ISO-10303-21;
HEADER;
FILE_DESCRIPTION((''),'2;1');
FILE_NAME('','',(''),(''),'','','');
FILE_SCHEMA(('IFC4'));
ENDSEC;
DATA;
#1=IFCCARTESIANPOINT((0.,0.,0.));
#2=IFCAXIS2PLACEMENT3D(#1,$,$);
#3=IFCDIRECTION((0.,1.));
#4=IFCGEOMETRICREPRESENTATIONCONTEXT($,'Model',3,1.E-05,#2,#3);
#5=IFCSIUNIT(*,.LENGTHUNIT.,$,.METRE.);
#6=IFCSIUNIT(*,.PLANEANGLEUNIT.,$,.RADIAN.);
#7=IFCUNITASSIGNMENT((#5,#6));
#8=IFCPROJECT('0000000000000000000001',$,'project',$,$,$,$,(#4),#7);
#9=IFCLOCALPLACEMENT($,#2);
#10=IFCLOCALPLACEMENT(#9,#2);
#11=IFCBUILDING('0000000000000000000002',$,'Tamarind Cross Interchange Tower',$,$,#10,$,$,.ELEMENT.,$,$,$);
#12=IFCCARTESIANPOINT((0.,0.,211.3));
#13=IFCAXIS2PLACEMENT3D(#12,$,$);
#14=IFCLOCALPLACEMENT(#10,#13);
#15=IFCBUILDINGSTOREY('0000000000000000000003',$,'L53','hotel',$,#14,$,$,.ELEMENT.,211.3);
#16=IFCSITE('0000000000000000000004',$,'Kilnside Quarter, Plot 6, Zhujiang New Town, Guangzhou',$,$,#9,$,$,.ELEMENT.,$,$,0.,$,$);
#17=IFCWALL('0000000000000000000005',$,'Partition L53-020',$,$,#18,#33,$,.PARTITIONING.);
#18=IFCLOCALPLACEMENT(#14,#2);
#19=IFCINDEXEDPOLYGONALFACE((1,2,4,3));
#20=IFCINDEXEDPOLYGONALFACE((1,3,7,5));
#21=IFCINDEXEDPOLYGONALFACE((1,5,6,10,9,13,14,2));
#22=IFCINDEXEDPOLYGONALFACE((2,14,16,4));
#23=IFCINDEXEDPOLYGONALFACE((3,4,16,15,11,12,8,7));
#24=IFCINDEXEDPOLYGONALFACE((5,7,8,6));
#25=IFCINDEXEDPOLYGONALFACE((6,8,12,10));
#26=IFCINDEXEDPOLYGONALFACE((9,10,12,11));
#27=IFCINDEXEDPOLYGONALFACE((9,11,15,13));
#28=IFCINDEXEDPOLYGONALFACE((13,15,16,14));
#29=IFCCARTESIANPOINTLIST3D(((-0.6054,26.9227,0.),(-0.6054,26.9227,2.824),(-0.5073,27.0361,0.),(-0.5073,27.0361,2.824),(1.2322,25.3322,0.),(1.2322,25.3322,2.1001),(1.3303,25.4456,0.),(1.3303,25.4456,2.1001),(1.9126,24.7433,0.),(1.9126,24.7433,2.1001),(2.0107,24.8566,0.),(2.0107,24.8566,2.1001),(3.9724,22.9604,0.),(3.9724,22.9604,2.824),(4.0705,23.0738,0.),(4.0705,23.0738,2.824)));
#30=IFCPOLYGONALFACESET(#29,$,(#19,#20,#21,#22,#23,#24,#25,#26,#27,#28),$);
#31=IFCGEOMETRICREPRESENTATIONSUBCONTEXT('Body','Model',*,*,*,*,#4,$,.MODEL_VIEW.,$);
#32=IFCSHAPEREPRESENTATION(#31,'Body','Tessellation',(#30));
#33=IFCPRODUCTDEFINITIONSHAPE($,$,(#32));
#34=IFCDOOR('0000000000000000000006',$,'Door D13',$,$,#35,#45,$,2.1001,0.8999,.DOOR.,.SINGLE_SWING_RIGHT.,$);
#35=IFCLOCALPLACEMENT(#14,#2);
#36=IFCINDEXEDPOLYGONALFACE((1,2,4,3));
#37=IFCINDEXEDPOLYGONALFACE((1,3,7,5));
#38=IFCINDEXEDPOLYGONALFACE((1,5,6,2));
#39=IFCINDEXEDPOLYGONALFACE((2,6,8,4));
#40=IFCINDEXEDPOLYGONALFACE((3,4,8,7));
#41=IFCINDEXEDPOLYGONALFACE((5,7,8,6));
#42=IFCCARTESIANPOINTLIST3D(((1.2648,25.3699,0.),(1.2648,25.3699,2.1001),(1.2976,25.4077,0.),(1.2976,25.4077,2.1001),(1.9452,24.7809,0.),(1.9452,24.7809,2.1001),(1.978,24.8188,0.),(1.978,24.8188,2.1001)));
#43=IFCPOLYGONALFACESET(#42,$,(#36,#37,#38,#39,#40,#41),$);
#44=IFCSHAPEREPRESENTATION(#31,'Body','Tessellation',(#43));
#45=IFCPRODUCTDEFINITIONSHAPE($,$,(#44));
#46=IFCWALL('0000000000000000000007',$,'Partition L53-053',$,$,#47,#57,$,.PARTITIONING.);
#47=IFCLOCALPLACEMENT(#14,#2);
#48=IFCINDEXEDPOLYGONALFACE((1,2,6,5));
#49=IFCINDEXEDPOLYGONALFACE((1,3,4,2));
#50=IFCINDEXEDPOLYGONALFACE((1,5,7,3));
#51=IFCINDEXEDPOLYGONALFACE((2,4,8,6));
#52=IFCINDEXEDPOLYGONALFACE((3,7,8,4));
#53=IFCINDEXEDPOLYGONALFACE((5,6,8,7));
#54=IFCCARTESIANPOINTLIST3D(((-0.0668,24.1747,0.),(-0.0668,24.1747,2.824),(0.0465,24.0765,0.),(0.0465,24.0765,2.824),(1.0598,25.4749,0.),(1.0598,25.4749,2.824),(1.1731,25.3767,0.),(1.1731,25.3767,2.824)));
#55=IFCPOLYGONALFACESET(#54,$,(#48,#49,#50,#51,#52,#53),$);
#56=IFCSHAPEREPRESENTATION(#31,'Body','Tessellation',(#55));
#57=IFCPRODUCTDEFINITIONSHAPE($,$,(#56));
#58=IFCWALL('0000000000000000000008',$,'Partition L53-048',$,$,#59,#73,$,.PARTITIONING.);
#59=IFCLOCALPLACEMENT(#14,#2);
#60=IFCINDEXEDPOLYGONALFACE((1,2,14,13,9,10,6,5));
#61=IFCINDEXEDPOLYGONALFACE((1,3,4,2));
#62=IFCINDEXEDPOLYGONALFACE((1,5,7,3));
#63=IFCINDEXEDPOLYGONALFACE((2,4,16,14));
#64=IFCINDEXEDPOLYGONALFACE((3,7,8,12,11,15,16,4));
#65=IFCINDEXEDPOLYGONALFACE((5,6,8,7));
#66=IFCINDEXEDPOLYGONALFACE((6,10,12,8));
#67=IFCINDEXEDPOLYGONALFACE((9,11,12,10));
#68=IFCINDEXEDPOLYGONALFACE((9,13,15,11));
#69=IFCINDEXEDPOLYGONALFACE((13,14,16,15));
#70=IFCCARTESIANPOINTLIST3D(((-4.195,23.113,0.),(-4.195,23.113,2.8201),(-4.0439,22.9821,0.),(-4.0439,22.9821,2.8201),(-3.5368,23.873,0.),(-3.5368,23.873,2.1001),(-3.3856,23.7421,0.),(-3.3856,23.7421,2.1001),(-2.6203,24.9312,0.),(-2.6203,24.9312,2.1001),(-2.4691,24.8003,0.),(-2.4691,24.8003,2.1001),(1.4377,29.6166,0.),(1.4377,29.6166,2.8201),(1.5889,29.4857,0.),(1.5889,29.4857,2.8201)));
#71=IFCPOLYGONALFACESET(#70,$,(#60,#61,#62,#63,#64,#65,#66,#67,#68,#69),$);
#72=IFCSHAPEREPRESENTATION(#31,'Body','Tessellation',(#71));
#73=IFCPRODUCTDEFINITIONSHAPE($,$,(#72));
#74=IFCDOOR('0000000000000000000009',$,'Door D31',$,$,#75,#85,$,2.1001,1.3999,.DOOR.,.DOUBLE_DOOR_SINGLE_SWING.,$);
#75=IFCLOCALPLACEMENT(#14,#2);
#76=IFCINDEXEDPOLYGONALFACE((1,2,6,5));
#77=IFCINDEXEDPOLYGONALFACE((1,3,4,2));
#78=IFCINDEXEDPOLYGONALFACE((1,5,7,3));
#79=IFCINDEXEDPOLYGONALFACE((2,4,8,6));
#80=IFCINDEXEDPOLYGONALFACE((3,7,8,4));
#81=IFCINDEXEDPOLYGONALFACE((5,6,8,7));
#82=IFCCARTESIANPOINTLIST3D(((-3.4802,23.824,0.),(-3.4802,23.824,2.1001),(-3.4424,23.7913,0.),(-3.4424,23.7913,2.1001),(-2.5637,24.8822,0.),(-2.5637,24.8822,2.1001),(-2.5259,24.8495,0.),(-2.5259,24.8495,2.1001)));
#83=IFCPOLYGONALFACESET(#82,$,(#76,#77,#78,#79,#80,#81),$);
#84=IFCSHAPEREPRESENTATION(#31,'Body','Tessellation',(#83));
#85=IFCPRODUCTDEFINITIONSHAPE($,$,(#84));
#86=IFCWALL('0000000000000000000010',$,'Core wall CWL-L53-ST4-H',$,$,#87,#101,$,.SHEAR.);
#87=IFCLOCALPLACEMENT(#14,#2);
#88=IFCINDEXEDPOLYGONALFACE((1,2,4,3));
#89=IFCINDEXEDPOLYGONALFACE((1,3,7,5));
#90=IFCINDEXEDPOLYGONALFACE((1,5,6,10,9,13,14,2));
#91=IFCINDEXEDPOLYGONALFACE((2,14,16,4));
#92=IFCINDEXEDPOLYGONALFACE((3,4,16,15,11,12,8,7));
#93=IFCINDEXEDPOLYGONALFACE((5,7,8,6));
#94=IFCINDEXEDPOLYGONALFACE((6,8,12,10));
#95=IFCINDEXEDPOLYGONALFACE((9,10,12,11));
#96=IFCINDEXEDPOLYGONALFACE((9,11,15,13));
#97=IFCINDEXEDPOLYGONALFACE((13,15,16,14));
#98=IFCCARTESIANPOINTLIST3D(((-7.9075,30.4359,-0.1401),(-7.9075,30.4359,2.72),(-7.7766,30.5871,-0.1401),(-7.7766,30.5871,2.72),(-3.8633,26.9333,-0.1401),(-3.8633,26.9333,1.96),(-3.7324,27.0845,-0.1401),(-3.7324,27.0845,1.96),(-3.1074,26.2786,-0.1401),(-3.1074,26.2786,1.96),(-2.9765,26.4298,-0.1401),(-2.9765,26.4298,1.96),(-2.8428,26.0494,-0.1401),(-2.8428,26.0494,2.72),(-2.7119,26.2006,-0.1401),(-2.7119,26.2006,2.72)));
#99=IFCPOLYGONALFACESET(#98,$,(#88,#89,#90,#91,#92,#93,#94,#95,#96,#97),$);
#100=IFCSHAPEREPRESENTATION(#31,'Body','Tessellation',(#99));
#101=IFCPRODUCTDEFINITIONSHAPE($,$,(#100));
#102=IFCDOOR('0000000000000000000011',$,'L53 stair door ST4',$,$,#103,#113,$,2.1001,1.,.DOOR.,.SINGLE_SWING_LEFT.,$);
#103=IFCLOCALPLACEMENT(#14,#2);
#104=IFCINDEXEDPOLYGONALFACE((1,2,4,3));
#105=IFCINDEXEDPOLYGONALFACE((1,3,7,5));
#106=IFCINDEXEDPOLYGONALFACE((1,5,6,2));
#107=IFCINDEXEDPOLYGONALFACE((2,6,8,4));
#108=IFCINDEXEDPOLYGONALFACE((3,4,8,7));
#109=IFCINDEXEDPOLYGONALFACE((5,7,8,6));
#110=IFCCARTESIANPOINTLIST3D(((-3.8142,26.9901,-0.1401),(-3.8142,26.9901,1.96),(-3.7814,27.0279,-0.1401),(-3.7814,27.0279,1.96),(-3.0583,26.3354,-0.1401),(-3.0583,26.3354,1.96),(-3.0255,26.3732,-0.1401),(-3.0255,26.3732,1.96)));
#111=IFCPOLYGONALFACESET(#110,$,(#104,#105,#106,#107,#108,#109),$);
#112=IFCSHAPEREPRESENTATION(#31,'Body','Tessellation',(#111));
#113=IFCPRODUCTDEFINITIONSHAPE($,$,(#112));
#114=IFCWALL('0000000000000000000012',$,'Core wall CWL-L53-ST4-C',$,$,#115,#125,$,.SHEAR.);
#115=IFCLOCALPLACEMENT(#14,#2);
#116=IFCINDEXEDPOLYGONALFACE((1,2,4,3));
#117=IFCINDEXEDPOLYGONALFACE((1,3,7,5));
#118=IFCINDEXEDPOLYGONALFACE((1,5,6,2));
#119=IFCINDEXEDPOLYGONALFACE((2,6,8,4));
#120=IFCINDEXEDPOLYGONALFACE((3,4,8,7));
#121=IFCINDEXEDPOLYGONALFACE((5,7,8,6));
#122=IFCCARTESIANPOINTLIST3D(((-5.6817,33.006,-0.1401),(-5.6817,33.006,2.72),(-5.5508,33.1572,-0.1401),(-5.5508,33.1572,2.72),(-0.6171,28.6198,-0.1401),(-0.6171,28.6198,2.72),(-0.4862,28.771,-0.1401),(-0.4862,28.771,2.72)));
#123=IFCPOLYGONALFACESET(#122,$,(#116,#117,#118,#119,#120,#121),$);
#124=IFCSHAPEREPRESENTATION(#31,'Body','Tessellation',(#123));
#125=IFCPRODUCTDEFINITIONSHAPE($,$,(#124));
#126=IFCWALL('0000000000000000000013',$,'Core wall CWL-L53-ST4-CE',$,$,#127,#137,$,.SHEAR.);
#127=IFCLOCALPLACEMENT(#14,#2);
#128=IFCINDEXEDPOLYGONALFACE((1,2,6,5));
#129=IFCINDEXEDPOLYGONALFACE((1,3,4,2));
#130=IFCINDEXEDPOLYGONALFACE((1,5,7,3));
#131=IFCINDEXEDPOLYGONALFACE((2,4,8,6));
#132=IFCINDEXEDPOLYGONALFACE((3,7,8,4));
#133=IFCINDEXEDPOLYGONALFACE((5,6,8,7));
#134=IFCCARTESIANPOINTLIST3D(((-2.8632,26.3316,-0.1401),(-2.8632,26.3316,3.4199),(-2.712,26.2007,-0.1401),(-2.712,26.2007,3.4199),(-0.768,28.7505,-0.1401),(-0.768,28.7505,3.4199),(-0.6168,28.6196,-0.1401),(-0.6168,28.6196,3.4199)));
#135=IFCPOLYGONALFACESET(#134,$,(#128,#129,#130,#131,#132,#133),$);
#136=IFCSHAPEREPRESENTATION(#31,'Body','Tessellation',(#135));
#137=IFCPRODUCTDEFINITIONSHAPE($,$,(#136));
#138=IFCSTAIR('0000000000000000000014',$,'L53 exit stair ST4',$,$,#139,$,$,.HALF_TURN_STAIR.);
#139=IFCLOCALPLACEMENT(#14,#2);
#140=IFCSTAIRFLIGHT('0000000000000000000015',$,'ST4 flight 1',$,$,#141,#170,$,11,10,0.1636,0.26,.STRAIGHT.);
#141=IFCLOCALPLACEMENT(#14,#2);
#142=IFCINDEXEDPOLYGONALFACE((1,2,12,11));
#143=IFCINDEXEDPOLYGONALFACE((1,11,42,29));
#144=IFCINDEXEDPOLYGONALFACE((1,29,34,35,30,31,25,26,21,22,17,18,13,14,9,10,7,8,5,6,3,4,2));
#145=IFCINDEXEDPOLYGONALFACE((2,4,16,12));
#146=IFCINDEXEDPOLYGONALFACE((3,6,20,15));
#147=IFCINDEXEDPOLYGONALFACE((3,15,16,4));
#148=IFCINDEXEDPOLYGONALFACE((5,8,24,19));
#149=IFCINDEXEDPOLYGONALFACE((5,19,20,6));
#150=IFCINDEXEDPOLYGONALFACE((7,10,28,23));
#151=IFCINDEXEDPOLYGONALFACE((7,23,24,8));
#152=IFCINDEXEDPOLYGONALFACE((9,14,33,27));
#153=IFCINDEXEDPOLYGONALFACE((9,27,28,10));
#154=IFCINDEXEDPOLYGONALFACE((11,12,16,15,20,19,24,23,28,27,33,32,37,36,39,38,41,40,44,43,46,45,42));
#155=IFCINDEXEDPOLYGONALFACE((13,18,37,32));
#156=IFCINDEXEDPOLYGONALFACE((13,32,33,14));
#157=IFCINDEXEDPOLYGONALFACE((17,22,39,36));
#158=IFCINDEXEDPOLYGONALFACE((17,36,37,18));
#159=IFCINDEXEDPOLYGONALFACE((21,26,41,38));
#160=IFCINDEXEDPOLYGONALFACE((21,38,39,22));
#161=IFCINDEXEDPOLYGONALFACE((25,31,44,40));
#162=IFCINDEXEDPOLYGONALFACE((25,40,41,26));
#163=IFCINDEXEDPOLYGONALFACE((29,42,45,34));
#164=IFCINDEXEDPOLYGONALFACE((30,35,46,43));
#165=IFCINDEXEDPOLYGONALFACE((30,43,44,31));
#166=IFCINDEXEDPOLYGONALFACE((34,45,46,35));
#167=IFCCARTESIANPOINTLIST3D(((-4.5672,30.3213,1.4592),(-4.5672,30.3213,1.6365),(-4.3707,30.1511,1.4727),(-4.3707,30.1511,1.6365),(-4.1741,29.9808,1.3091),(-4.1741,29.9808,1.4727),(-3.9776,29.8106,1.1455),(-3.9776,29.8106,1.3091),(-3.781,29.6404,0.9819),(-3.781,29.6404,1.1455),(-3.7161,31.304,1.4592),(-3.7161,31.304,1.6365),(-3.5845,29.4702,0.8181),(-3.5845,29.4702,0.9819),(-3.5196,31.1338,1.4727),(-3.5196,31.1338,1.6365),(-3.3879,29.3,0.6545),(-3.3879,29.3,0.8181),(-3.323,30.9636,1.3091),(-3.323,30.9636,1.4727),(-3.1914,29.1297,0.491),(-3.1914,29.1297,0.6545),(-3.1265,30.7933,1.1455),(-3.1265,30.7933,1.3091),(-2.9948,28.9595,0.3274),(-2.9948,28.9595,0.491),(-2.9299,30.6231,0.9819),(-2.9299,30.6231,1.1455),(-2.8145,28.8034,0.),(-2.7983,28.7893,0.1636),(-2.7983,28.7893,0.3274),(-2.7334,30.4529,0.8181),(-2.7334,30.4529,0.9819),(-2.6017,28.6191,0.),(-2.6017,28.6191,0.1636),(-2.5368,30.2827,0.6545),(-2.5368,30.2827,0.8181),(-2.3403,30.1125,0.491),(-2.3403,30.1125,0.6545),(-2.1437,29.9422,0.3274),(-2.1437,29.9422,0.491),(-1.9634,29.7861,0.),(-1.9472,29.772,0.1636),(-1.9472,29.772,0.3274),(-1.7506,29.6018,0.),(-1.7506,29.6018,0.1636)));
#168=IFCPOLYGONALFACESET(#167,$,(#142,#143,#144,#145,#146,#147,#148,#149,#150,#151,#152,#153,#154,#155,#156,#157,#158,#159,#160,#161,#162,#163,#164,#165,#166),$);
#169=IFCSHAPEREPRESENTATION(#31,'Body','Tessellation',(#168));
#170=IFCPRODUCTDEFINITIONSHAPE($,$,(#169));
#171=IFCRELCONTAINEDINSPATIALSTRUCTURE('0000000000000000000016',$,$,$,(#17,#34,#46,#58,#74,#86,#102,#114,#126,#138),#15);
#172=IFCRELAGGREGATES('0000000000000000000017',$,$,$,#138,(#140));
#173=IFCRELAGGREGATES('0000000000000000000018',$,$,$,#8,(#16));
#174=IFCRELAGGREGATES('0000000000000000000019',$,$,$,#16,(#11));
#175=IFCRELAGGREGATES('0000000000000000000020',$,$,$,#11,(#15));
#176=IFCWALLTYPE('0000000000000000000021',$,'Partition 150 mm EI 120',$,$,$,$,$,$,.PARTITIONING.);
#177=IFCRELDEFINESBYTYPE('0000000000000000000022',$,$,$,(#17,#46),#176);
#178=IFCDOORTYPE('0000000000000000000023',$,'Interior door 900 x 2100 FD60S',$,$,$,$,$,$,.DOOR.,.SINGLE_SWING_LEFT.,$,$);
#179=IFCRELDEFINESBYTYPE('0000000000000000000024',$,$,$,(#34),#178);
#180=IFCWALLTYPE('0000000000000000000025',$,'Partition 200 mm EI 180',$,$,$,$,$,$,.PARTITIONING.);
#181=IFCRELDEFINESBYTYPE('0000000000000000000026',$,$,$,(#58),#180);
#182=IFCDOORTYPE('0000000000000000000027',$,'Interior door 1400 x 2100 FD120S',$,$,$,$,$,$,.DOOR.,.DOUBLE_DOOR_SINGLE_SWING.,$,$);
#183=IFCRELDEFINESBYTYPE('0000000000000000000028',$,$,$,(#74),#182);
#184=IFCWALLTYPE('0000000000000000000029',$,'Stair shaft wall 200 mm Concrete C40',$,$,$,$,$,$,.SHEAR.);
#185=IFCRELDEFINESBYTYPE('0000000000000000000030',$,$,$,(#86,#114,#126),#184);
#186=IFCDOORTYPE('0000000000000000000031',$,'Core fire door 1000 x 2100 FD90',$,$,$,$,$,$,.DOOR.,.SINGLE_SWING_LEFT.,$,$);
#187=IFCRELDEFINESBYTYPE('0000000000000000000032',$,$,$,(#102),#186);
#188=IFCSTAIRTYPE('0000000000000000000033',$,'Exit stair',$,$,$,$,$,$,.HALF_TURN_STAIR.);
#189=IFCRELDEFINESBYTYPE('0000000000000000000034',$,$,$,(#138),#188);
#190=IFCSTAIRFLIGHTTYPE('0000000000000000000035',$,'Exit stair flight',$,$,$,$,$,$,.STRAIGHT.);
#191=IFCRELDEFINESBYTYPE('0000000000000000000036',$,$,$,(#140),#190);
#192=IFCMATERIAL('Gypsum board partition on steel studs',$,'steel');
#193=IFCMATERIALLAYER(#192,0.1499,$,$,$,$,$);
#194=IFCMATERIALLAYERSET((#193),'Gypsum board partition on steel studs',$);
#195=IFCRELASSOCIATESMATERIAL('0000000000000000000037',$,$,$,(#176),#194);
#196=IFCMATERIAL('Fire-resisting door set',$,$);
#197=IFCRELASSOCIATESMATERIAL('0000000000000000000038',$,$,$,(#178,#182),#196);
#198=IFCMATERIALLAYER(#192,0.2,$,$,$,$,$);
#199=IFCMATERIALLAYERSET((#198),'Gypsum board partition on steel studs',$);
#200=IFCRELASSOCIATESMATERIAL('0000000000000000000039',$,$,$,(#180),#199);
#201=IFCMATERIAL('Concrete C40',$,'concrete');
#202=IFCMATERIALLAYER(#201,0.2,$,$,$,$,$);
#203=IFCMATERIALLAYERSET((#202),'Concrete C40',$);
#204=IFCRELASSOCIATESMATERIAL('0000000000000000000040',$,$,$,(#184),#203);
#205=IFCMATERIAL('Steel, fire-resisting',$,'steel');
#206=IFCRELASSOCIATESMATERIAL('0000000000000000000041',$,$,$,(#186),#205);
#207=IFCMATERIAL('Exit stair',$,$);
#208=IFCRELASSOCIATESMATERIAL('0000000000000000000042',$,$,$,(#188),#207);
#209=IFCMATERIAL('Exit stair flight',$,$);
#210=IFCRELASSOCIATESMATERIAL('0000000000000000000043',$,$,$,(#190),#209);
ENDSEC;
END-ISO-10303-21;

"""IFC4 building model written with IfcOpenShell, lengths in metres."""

from ifc_helpers import new_model, si_unit, direction, frame, frame_2d, origin, place, context, subcontext, project, spatial, polyline, rectangle, outline, extrude, material, layer, layer_set, type_object, element, fill, aggregate, save


model = new_model("IFC4")

# Units and contexts
model_context = context("Model", 3, precision=1e-05, world=origin(), true_north=direction((0.0, 1.0)))
body_context = subcontext(model_context, "Body", "Model", "MODEL_VIEW")
ifc_project = project(units=[si_unit("LENGTHUNIT", "METRE"), si_unit("PLANEANGLEUNIT", "RADIAN")], contexts=[model_context])

# Site, building, storey
site_placement = place(None, origin())
site = spatial("IfcSite", under=ifc_project, at=site_placement, Name="Kilnside Quarter, Plot 6, Zhujiang New Town, Guangzhou", CompositionType="ELEMENT", RefElevation=0.0)
building_placement = place(site_placement, origin())
building = spatial("IfcBuilding", under=site, at=building_placement, Name="Tamarind Cross Interchange Tower", CompositionType="ELEMENT")
storey_placement = place(building_placement, frame((0.0, 0.0, 211.3)))
storey = spatial("IfcBuildingStorey", under=building, at=storey_placement, Name="L53", Description="hotel", CompositionType="ELEMENT", Elevation=211.3)

# Shared definitions
ifc_material_1 = material(Name="Concrete C40", Category="concrete")

# Shared definitions
ifc_material_2 = material(Name="Gypsum board partition on steel studs", Category="steel")
ifc_layer_1 = layer(ifc_material_2, 0.1499)
ifc_layer_set_1 = layer_set([ifc_layer_1], Name="Gypsum board partition on steel studs")
wall_type_1 = type_object("IfcWallType", Name="Partition 150 mm EI 120", PredefinedType="PARTITIONING", material=ifc_layer_set_1)

# Wall, opening, door
ifc_material_3 = material(Name="Fire-resisting door set")
door_type_1 = type_object("IfcDoorType", Name="Interior door 900 x 2100 FD60S", OperationType="SINGLE_SWING_LEFT", PredefinedType="DOOR", material=ifc_material_3)
wall_1_placement = place(storey_placement, frame((-0.5564, 26.9795, 0.0), z_axis=(0.0, 0.0, 1.0), x_axis=(0.756105, -0.65445, 0.0)))
wall_1 = element("IfcWall", 1, at=wall_1_placement, inside=storey, type_object=wall_type_1, Name="Partition L53-020", PredefinedType="PARTITIONING", context=body_context, shape_type="SweptSolid", body=[
    extrude(rectangle(XDim=6.0544, YDim=0.1499, at=frame_2d((3.0273, 0.0))), origin(), (0.0, 0.0, 1.0), 2.824),
])
opening_1_placement = place(wall_1_placement, frame((2.4304, 0.0, 0.0)))
opening_1 = element("IfcOpeningElement", 2, at=opening_1_placement, cuts=wall_1, PredefinedType="OPENING", context=body_context, shape_type="SweptSolid", body=[
    extrude(rectangle(XDim=0.8999, YDim=2.1001, at=frame_2d((0.45, 1.05))), frame((0.0, 0.085, 0.0), z_axis=(0.0, -1.0, 0.0), x_axis=(1.0, 0.0, 0.0)), (0.0, 0.0, 1.0), 0.1699),
])
door_1_placement = place(opening_1_placement, origin())
door_1 = element("IfcDoor", 3, at=door_1_placement, inside=storey, type_object=door_type_1, Name="Door D13", OperationType="SINGLE_SWING_RIGHT", OverallHeight=2.1001, OverallWidth=0.8999, PredefinedType="DOOR", context=body_context, shape_type="SweptSolid", body=[
    extrude(rectangle(XDim=0.8999, YDim=2.1001, at=frame_2d((0.45, 1.05))), frame((0.0, 0.0249, 0.0), z_axis=(0.0, -1.0, 0.0), x_axis=(1.0, 0.0, 0.0)), (0.0, 0.0, 1.0), 0.05),
])
fill(opening_1, door_1)

# Wall
wall_2_placement = place(storey_placement, frame((-0.0103, 24.1255, 0.0), z_axis=(0.0, 0.0, 1.0), x_axis=(0.65486, 0.75575, 0.0)))
element("IfcWall", 4, at=wall_2_placement, inside=storey, type_object=wall_type_1, Name="Partition L53-053", PredefinedType="PARTITIONING", context=body_context, shape_type="SweptSolid", body=[
    extrude(rectangle(XDim=1.7205, YDim=0.1499, at=frame_2d((0.8604, 0.0))), origin(), (0.0, 0.0, 1.0), 2.824),
])

# Walls, openings, doors
ifc_layer_2 = layer(ifc_material_2, 0.2)
ifc_layer_set_2 = layer_set([ifc_layer_2], Name="Gypsum board partition on steel studs")
wall_type_2 = type_object("IfcWallType", Name="Partition 200 mm EI 180", PredefinedType="PARTITIONING", material=ifc_layer_set_2)
wall_3_placement = place(storey_placement, frame((-4.1194, 23.0476, 0.0), z_axis=(0.0, 0.0, 1.0), x_axis=(0.654685, 0.755902, 0.0)))
wall_3 = element("IfcWall", 5, at=wall_3_placement, inside=storey, type_object=wall_type_2, Name="Partition L53-048", PredefinedType="PARTITIONING", context=body_context, shape_type="SweptSolid", body=[
    extrude(rectangle(XDim=8.6038, YDim=0.2, at=frame_2d((4.3018, 0.0))), origin(), (0.0, 0.0, 1.0), 2.8201),
])
opening_2_placement = place(wall_3_placement, frame((1.0054, 0.0, 0.0)))
opening_2 = element("IfcOpeningElement", 6, at=opening_2_placement, cuts=wall_3, PredefinedType="OPENING", context=body_context, shape_type="SweptSolid", body=[
    extrude(rectangle(XDim=1.3999, YDim=2.1001, at=frame_2d((0.7, 1.05))), frame((0.0, 0.1099, 0.0), z_axis=(0.0, -1.0, 0.0), x_axis=(1.0, 0.0, 0.0)), (0.0, 0.0, 1.0), 0.22),
])
door_type_2 = type_object("IfcDoorType", Name="Interior door 1400 x 2100 FD120S", OperationType="DOUBLE_DOOR_SINGLE_SWING", PredefinedType="DOOR", material=ifc_material_3)
door_2_placement = place(opening_2_placement, frame((1.3999, 0.0, 0.0), z_axis=(0.0, 0.0, 1.0), x_axis=(-1.0, 0.0, 0.0)))
door_2 = element("IfcDoor", 7, at=door_2_placement, inside=storey, type_object=door_type_2, Name="Door D31", OperationType="DOUBLE_DOOR_SINGLE_SWING", OverallHeight=2.1001, OverallWidth=1.3999, PredefinedType="DOOR", context=body_context, shape_type="SweptSolid", body=[
    extrude(rectangle(XDim=1.3999, YDim=2.1001, at=frame_2d((0.7, 1.05))), frame((0.0, 0.0249, 0.0), z_axis=(0.0, -1.0, 0.0), x_axis=(1.0, 0.0, 0.0)), (0.0, 0.0, 1.0), 0.05),
])
fill(opening_2, door_2)
ifc_layer_3 = layer(ifc_material_1, 0.2)
ifc_layer_set_3 = layer_set([ifc_layer_3], Name="Concrete C40")
wall_type_3 = type_object("IfcWallType", Name="Stair shaft wall 200 mm Concrete C40", PredefinedType="SHEAR", material=ifc_layer_set_3)
wall_4_placement = place(storey_placement, frame((-2.7773, 26.125, -0.1401), z_axis=(0.0, 0.0, 1.0), x_axis=(-0.755905, 0.654681, 0.0)))
wall_4 = element("IfcWall", 8, at=wall_4_placement, inside=storey, type_object=wall_type_3, Name="Core wall CWL-L53-ST4-H", PredefinedType="SHEAR", context=body_context, shape_type="SweptSolid", body=[
    extrude(rectangle(XDim=6.7002, YDim=0.2, at=frame_2d((3.3501, 0.0))), origin(), (0.0, 0.0, 1.0), 2.8601),
])
opening_3_placement = place(wall_4_placement, frame((0.3501, 0.0, 0.0)))
opening_3 = element("IfcOpeningElement", 9, at=opening_3_placement, cuts=wall_4, PredefinedType="OPENING", context=body_context, shape_type="SweptSolid", body=[
    extrude(rectangle(XDim=1.0, YDim=2.1001, at=frame_2d((0.5, 1.05))), frame((0.0, 0.1099, 0.0), z_axis=(0.0, -1.0, 0.0), x_axis=(1.0, 0.0, 0.0)), (0.0, 0.0, 1.0), 0.22),
])
ifc_material_4 = material(Name="Steel, fire-resisting", Category="steel")
door_type_3 = type_object("IfcDoorType", Name="Core fire door 1000 x 2100 FD90", OperationType="SINGLE_SWING_LEFT", PredefinedType="DOOR", material=ifc_material_4)
door_3_placement = place(opening_3_placement, origin())
door_3 = element("IfcDoor", 10, at=door_3_placement, inside=storey, type_object=door_type_3, Name="L53 stair door ST4", OperationType="SINGLE_SWING_LEFT", OverallHeight=2.1001, OverallWidth=1.0, PredefinedType="DOOR", context=body_context, shape_type="SweptSolid", body=[
    extrude(rectangle(XDim=1.0, YDim=2.1001, at=frame_2d((0.5, 1.05))), frame((0.0, 0.0249, 0.0), z_axis=(0.0, -1.0, 0.0), x_axis=(1.0, 0.0, 0.0)), (0.0, 0.0, 1.0), 0.05),
])
fill(opening_3, door_3)

# Walls
wall_5_placement = place(storey_placement, frame((-0.5515, 28.6953, -0.1401), z_axis=(0.0, 0.0, 1.0), x_axis=(-0.755923, 0.65466, 0.0)))
element("IfcWall", 11, at=wall_5_placement, inside=storey, type_object=wall_type_3, Name="Core wall CWL-L53-ST4-C", PredefinedType="SHEAR", context=body_context, shape_type="SweptSolid", body=[
    extrude(rectangle(XDim=6.7, YDim=0.2, at=frame_2d((3.3501, 0.0))), origin(), (0.0, 0.0, 1.0), 2.8601),
])
wall_6_placement = place(storey_placement, frame((-0.6924, 28.6851, -0.1401), z_axis=(0.0, 0.0, 1.0), x_axis=(-0.654716, -0.755875, 0.0)))
element("IfcWall", 12, at=wall_6_placement, inside=storey, type_object=wall_type_3, Name="Core wall CWL-L53-ST4-CE", PredefinedType="SHEAR", context=body_context, shape_type="SweptSolid", body=[
    extrude(rectangle(XDim=3.2002, YDim=0.2, at=frame_2d((1.6001, 0.0))), origin(), (0.0, 0.0, 1.0), 3.5601),
])

# Stair, stair flight
ifc_material_5 = material(Name="Exit stair")
stair_type = type_object("IfcStairType", Name="Exit stair", PredefinedType="HALF_TURN_STAIR", material=ifc_material_5)
stair_placement = place(storey_placement, origin())
stair = element("IfcStair", 13, at=stair_placement, inside=storey, type_object=stair_type, Name="L53 exit stair ST4", PredefinedType="HALF_TURN_STAIR")
ifc_material_6 = material(Name="Exit stair flight")
stair_flight_type = type_object("IfcStairFlightType", Name="Exit stair flight", PredefinedType="STRAIGHT", material=ifc_material_6)
stair_flight_1_placement = place(storey_placement, frame((-2.1763, 29.1104, 0.0), z_axis=(0.0, 0.0, 1.0), x_axis=(-0.755917, 0.654667, 0.0)))
stair_flight_1 = element("IfcStairFlight", 14, at=stair_flight_1_placement, type_object=stair_flight_type, Name="ST4 flight 1", NumberOfRisers=11, NumberOfTreads=10, PredefinedType="STRAIGHT", RiserHeight=0.1636, TreadLength=0.26, context=body_context, shape_type="SweptSolid", body=[
    extrude(outline(polyline([(0.0, 0.0), (0.0, 0.1636), (0.26, 0.1636), (0.26, 0.3274), (0.52, 0.3274), (0.52, 0.491), (0.78, 0.491), (0.78, 0.6545), (1.04, 0.6545), (1.04, 0.8181), (1.3, 0.8181), (1.3, 0.9819), (1.5601, 0.9819), (1.5601, 1.1455), (1.8201, 1.1455), (1.8201, 1.3091), (2.0801, 1.3091), (2.0801, 1.4727), (2.3401, 1.4727), (2.3401, 1.6365), (2.6001, 1.6365), (2.6001, 1.8), (2.6001, 1.4592), (0.2815, 0.0), (0.0, 0.0)])), frame((0.0, 0.6499, 0.0), z_axis=(0.0, -1.0, 0.0), x_axis=(1.0, 0.0, 0.0)), (0.0, 0.0, 1.0), 1.3),
])
aggregate(stair, [stair_flight_1])

save(model, "model.ifc")
